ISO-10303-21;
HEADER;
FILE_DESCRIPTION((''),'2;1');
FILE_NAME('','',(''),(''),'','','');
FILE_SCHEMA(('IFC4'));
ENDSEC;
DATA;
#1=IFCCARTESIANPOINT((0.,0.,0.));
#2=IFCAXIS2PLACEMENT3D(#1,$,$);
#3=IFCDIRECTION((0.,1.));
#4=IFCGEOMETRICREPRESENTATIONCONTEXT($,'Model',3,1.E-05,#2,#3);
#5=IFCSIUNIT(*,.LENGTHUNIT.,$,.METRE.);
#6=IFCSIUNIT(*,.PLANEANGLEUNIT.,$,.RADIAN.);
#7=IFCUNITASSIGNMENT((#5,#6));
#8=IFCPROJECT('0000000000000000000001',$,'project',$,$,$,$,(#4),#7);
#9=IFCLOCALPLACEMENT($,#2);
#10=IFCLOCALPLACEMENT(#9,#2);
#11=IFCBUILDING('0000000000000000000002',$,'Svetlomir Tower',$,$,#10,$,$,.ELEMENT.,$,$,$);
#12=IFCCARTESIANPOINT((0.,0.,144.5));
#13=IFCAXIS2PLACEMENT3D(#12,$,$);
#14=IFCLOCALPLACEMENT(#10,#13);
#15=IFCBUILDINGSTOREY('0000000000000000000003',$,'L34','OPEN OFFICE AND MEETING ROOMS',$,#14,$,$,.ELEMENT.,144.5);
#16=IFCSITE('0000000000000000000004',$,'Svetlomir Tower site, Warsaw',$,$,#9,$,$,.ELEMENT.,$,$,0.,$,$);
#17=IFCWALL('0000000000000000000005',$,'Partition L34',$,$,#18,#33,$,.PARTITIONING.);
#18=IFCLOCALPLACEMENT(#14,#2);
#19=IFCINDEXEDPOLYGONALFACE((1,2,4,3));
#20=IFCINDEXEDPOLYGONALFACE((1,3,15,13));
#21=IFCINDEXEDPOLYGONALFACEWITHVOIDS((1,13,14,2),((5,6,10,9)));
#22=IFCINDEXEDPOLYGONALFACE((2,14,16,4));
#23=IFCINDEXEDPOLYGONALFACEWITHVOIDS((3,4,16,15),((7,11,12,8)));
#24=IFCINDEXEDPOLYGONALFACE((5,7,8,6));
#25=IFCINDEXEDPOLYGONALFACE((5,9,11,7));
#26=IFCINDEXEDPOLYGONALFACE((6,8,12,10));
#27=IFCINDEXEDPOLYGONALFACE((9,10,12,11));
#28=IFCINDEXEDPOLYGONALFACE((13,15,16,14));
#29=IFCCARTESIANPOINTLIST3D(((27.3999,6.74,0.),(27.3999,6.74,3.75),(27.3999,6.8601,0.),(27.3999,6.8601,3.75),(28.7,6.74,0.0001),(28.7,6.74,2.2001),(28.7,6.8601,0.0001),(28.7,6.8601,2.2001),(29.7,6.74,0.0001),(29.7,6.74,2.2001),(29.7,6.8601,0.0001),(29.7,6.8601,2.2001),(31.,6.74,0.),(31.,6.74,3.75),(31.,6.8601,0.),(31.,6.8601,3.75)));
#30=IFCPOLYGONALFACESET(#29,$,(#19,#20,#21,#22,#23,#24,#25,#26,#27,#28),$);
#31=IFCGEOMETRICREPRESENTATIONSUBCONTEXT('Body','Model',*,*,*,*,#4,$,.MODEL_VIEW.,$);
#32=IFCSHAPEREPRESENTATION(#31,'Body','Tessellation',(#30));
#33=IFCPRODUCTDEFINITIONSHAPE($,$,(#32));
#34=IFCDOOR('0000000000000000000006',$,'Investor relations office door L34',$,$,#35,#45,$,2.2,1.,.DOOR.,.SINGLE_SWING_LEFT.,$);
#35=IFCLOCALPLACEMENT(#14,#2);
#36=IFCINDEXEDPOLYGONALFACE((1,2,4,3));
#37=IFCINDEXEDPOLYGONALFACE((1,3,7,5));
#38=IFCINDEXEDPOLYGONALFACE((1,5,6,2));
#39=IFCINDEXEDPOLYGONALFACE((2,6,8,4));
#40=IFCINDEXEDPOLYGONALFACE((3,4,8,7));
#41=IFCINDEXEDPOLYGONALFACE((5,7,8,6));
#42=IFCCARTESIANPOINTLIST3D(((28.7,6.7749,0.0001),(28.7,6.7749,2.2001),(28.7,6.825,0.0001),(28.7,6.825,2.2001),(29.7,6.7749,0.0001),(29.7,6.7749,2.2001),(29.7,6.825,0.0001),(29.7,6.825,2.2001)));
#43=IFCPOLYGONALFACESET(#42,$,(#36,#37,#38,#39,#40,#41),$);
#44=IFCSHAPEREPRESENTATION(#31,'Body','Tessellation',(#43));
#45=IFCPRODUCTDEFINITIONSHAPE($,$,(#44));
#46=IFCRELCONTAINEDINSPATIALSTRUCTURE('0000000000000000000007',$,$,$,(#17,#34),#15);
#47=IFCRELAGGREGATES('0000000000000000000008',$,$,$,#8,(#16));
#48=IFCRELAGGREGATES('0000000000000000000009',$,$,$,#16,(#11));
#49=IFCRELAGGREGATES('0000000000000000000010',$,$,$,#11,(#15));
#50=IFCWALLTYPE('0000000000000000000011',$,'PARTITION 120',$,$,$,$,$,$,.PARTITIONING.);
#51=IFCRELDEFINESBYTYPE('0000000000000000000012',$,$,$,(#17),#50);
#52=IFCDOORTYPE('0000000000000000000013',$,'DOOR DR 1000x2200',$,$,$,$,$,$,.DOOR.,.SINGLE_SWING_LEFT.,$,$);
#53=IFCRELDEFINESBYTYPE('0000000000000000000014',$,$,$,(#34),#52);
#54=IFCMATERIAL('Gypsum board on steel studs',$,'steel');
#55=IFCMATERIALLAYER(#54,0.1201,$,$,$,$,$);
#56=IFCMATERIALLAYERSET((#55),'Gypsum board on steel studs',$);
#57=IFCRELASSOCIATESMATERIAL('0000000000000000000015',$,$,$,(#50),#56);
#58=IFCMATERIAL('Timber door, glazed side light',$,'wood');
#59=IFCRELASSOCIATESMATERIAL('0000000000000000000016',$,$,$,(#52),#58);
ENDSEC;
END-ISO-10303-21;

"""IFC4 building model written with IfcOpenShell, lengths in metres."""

from ifc_helpers import new_model, si_unit, direction, frame, frame_2d, origin, place, context, subcontext, project, spatial, rectangle, extrude, material, layer, layer_set, type_object, element, fill, save


model = new_model("IFC4")

# Units and contexts
model_context = context("Model", 3, precision=1e-05, world=origin(), true_north=direction((0.0, 1.0)))
body_context = subcontext(model_context, "Body", "Model", "MODEL_VIEW")
ifc_project = project(units=[si_unit("LENGTHUNIT", "METRE"), si_unit("PLANEANGLEUNIT", "RADIAN")], contexts=[model_context])

# Site, building, storey
site_placement = place(None, origin())
site = spatial("IfcSite", under=ifc_project, at=site_placement, Name="Svetlomir Tower site, Warsaw", CompositionType="ELEMENT", RefElevation=0.0)
building_placement = place(site_placement, origin())
building = spatial("IfcBuilding", under=site, at=building_placement, Name="Svetlomir Tower", CompositionType="ELEMENT")
storey_placement = place(building_placement, frame((0.0, 0.0, 144.5)))
storey = spatial("IfcBuildingStorey", under=building, at=storey_placement, Name="L34", Description="OPEN OFFICE AND MEETING ROOMS", CompositionType="ELEMENT", Elevation=144.5)

# Shared definitions
ifc_material_1 = material(Name="Gypsum board on steel studs", Category="steel")
ifc_layer_1 = layer(ifc_material_1, 0.1201)
ifc_layer_set_1 = layer_set([ifc_layer_1], Name="Gypsum board on steel studs")
wall_type_1 = type_object("IfcWallType", Name="PARTITION 120", PredefinedType="PARTITIONING", material=ifc_layer_set_1)

# Wall, opening, door
wall_1_placement = place(storey_placement, frame((27.3999, 6.8, 0.0), z_axis=(0.0, 0.0, 1.0), x_axis=(1.0, 0.0, 0.0)))
wall_1 = element("IfcWall", 1, at=wall_1_placement, inside=storey, type_object=wall_type_1, Name="Partition L34", PredefinedType="PARTITIONING", context=body_context, shape_type="SweptSolid", body=[
    extrude(rectangle(XDim=3.6001, YDim=0.1201, at=frame_2d((1.8, 0.0))), origin(), (0.0, 0.0, 1.0), 3.75),
])
opening_1_placement = place(wall_1_placement, frame((1.3, 0.0, 0.0)))
opening_1 = element("IfcOpeningElement", 2, at=opening_1_placement, cuts=wall_1, PredefinedType="OPENING", context=body_context, shape_type="SweptSolid", body=[
    extrude(rectangle(XDim=1.0, YDim=2.2, at=frame_2d((0.5, 1.1001))), frame((0.0, 0.0701, 0.0), z_axis=(0.0, -1.0, 0.0), x_axis=(1.0, 0.0, 0.0)), (0.0, 0.0, 1.0), 0.1401),
])
ifc_material_2 = material(Name="Timber door, glazed side light", Category="wood")
door_type_1 = type_object("IfcDoorType", Name="DOOR DR 1000x2200", OperationType="SINGLE_SWING_LEFT", PredefinedType="DOOR", material=ifc_material_2)
door_1_placement = place(opening_1_placement, origin())
door_1 = element("IfcDoor", 3, at=door_1_placement, inside=storey, type_object=door_type_1, Name="Investor relations office door L34", OperationType="SINGLE_SWING_LEFT", OverallHeight=2.2, OverallWidth=1.0, PredefinedType="DOOR", context=body_context, shape_type="SweptSolid", body=[
    extrude(rectangle(XDim=1.0, YDim=2.2, at=frame_2d((0.5, 1.1001))), frame((0.0, 0.0249, 0.0), z_axis=(0.0, -1.0, 0.0), x_axis=(1.0, 0.0, 0.0)), (0.0, 0.0, 1.0), 0.05),
])
fill(opening_1, door_1)

save(model, "model.ifc")
